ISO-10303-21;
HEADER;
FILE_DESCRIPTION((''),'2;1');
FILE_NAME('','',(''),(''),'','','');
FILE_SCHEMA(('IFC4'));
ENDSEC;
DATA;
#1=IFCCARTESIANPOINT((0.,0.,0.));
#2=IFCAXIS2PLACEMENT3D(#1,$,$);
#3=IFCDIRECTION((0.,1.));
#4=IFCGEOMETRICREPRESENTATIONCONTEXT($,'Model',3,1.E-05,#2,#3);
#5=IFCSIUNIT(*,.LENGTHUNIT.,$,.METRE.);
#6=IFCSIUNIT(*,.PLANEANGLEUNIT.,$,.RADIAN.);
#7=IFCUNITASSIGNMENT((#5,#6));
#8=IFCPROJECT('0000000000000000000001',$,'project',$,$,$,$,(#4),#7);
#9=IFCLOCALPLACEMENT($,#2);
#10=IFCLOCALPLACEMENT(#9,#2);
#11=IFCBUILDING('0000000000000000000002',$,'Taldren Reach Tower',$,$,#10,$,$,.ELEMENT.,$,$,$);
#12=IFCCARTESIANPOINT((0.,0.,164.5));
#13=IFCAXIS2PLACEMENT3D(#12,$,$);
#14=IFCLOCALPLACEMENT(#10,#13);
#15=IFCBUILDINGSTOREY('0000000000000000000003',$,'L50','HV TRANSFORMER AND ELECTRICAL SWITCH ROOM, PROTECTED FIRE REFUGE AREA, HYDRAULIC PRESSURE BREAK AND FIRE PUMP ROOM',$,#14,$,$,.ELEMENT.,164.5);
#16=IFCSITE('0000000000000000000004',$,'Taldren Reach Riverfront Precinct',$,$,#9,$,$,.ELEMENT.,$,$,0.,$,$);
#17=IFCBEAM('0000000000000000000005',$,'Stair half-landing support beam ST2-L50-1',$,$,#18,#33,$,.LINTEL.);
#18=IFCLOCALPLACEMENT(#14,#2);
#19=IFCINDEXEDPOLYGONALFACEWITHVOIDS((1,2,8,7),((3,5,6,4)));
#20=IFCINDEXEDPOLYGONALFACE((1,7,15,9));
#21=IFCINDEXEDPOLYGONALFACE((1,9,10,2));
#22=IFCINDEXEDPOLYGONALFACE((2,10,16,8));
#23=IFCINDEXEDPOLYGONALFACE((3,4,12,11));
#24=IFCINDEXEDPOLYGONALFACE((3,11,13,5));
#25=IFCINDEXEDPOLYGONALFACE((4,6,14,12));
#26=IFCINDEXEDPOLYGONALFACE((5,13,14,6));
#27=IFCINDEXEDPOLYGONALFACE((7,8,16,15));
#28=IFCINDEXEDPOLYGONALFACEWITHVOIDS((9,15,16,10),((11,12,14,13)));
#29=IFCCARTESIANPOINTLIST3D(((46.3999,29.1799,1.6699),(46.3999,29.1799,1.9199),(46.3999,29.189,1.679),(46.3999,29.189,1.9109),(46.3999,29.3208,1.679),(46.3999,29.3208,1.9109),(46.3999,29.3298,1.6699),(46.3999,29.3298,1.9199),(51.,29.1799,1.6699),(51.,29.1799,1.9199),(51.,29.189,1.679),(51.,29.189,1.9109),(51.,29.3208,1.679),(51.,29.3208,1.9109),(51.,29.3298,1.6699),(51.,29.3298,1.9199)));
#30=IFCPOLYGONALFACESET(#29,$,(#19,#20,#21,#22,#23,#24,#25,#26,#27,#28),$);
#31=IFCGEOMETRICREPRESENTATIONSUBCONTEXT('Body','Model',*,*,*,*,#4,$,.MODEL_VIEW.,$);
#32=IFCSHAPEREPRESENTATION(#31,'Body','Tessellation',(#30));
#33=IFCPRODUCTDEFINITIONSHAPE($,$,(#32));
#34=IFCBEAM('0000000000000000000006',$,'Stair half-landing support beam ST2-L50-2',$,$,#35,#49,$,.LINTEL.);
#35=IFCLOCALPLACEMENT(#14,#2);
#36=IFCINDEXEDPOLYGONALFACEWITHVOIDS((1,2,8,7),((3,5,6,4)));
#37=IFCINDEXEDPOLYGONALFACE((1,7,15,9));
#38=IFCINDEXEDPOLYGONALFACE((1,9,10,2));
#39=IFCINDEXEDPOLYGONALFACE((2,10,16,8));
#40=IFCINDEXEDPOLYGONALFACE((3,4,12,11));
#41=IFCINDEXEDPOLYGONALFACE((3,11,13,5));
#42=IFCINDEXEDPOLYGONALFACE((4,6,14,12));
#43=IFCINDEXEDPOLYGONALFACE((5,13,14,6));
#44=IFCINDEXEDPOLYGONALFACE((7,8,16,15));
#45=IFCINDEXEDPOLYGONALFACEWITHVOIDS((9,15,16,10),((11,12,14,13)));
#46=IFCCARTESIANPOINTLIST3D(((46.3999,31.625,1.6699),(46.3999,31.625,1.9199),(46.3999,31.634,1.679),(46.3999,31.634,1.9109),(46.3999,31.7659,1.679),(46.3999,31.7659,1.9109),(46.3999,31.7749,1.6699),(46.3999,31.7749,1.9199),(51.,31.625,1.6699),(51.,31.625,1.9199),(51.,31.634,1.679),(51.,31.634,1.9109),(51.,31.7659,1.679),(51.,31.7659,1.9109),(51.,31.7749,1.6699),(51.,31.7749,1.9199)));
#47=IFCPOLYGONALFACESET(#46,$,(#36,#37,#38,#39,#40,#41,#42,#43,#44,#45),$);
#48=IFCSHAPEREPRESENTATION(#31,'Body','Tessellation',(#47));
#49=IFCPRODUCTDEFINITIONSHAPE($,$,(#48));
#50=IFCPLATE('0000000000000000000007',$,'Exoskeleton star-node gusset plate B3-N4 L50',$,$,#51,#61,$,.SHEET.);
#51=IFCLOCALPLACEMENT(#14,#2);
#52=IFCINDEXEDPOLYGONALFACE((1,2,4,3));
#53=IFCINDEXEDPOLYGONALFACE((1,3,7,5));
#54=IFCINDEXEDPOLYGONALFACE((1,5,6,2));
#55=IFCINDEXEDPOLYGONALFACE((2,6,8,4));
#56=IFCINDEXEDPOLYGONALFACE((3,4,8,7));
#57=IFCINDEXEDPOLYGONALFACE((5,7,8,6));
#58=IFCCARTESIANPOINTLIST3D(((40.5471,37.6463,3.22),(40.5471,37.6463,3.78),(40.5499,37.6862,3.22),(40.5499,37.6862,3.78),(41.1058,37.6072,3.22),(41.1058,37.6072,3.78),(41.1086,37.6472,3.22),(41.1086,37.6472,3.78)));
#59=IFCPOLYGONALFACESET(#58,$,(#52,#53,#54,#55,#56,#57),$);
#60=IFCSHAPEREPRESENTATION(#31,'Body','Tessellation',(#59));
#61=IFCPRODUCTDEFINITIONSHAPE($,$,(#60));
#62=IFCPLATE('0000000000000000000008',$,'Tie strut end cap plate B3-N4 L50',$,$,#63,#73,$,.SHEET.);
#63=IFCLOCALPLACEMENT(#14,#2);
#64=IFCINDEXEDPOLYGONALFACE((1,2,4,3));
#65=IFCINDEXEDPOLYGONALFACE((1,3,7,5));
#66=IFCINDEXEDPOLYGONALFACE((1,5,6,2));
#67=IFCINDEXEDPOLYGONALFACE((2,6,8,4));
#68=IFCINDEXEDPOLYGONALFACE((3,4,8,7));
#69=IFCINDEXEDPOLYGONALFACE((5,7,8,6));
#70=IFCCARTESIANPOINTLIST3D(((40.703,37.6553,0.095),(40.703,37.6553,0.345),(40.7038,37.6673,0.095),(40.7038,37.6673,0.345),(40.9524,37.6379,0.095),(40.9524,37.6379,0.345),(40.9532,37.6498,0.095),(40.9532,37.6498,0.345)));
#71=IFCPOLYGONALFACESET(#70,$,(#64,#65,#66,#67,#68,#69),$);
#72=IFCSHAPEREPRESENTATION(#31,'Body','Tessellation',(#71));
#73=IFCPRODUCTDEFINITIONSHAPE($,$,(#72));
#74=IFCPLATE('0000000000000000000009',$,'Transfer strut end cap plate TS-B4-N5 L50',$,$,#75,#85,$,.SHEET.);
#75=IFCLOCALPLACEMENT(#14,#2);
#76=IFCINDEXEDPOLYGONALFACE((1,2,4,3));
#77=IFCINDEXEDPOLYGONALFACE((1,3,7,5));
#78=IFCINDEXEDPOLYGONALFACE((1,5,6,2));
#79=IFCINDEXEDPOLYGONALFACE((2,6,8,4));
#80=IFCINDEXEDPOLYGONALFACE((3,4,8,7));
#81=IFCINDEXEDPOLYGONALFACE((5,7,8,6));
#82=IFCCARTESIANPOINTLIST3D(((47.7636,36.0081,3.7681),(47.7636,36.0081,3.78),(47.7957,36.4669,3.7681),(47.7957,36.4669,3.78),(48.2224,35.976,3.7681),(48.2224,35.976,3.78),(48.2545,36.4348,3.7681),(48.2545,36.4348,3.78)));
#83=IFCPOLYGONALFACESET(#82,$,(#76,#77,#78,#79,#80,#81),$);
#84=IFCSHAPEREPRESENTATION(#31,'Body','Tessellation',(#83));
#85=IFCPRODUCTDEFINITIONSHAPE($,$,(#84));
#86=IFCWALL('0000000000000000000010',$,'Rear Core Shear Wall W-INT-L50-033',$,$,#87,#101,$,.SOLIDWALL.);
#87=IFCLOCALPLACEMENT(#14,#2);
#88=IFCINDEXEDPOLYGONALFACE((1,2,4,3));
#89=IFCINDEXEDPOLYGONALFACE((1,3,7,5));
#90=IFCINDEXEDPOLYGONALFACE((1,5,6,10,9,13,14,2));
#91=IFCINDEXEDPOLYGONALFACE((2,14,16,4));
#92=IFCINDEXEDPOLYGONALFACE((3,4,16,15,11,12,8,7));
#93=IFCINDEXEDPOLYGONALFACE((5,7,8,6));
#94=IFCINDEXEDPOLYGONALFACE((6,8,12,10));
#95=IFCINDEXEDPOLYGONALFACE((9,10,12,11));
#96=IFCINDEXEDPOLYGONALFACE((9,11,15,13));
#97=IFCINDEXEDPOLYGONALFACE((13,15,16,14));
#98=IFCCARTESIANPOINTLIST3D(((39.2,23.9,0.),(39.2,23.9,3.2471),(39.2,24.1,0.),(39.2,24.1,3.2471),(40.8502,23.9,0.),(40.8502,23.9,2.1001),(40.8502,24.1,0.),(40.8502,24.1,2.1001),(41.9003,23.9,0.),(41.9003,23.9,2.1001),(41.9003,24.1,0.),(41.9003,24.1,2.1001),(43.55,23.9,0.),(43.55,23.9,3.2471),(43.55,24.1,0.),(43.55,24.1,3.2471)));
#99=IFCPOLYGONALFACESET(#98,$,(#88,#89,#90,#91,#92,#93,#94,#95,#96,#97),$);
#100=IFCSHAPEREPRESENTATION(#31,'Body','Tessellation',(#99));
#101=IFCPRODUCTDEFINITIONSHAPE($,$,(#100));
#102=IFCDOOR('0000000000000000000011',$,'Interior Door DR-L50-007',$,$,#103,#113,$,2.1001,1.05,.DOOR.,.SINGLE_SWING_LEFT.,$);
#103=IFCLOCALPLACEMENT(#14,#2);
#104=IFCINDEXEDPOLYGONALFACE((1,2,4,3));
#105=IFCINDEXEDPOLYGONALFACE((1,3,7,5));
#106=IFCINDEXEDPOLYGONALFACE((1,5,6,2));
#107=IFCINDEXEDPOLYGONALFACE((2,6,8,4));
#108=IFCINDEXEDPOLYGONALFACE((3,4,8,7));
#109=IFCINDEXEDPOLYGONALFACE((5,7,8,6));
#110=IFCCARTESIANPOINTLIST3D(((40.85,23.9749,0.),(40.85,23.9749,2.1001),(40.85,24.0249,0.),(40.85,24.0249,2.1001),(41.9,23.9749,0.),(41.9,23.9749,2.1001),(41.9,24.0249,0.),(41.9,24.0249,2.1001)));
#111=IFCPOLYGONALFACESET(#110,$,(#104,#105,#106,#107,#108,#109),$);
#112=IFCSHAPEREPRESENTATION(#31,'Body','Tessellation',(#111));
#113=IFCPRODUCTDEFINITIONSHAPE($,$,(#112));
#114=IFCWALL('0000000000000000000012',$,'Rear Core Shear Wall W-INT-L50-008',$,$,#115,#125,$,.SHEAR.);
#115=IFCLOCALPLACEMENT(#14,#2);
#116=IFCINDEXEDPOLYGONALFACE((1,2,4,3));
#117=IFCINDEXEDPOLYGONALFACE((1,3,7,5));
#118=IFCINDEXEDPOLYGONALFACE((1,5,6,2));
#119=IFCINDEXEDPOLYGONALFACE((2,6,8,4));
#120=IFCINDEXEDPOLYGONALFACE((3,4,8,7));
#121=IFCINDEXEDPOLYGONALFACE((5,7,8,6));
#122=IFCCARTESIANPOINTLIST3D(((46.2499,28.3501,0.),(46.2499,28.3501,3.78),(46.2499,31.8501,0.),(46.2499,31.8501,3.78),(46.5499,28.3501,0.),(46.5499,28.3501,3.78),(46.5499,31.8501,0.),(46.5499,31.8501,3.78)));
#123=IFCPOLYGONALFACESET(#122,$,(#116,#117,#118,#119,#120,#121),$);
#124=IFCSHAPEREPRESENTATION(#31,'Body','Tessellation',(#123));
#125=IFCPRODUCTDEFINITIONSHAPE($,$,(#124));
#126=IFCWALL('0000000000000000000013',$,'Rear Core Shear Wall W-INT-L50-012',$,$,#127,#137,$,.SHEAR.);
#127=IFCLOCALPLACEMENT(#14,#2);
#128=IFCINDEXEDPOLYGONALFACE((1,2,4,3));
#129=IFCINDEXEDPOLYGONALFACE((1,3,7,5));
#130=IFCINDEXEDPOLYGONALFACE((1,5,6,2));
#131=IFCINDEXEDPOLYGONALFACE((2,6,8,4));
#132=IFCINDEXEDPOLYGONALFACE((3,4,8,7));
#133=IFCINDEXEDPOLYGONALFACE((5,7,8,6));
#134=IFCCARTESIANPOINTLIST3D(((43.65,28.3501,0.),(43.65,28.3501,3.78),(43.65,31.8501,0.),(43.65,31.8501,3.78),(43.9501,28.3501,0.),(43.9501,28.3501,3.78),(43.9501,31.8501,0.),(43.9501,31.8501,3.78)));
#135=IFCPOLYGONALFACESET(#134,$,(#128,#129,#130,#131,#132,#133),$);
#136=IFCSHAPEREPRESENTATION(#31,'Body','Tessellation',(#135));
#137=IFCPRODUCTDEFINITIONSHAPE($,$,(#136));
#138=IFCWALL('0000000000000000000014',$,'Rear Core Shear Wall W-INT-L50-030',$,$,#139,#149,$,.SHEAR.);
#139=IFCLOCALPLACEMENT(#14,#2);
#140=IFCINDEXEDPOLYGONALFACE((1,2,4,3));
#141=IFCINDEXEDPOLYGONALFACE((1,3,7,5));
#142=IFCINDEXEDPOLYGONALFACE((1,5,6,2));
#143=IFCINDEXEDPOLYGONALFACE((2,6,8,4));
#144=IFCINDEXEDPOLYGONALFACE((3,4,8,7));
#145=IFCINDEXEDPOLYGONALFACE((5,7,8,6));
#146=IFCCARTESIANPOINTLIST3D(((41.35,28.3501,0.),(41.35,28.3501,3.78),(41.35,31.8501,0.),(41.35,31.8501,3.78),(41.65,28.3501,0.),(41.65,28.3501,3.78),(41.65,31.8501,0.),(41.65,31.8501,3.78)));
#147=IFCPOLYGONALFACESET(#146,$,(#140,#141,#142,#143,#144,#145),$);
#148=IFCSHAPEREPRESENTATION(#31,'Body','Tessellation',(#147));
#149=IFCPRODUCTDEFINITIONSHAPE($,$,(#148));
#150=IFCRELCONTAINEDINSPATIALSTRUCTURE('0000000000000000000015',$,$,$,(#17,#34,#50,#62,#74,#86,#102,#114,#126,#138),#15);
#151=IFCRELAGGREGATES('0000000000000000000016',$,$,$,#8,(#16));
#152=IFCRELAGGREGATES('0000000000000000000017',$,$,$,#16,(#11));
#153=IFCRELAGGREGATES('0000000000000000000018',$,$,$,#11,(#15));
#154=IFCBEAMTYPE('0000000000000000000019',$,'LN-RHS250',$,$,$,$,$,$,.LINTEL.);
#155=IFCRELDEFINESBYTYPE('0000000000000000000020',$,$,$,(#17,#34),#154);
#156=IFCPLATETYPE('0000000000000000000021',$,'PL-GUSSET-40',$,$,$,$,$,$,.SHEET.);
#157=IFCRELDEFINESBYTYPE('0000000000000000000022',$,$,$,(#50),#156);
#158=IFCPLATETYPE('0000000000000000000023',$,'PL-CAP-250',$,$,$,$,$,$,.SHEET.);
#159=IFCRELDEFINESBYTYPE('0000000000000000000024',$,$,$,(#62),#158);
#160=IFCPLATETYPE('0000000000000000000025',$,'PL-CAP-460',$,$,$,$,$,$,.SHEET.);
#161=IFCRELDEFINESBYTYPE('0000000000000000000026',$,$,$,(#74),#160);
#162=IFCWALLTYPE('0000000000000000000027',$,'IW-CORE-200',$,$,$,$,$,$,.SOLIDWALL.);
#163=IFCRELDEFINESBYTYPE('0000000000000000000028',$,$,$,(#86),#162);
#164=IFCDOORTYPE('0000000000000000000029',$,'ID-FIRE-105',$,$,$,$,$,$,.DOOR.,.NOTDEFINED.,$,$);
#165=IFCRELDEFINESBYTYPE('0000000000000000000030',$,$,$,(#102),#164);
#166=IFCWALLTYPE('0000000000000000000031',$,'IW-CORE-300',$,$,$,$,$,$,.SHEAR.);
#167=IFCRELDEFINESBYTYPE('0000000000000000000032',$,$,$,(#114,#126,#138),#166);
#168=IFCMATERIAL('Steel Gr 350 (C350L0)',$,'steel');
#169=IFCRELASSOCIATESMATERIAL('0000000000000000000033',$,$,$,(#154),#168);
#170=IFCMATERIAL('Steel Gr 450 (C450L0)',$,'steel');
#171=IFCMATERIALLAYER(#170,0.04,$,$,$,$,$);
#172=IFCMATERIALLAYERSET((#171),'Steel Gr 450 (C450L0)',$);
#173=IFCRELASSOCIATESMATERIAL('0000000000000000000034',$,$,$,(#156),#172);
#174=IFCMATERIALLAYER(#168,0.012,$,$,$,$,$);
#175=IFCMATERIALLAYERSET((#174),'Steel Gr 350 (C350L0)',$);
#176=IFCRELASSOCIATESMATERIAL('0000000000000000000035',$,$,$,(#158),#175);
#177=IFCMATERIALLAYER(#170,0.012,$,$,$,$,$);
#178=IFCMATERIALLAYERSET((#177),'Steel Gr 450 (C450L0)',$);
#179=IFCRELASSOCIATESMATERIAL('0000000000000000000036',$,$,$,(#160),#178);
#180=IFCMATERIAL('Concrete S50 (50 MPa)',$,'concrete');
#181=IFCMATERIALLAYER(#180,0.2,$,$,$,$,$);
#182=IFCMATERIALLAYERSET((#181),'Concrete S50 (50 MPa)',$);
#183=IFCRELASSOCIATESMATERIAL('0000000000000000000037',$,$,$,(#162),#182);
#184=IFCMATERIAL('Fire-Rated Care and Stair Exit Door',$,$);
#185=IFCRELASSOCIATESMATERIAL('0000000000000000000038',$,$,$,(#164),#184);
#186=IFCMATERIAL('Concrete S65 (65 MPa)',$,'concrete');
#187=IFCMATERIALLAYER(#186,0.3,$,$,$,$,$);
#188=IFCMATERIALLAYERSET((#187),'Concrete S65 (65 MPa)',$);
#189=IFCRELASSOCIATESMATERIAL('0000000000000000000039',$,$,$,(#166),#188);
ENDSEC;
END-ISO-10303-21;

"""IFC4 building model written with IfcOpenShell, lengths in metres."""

from ifc_helpers import new_model, si_unit, direction, frame, frame_2d, origin, origin_2d, place, context, subcontext, project, spatial, rectangle, hollow_rectangle, extrude, source, transform, mapped, material, layer, layer_set, material_profile, profile_set, type_object, element, fill, save


model = new_model("IFC4")

# Units and contexts
model_context = context("Model", 3, precision=1e-05, world=origin(), true_north=direction((0.0, 1.0)))
body_context = subcontext(model_context, "Body", "Model", "MODEL_VIEW")
ifc_project = project(units=[si_unit("LENGTHUNIT", "METRE"), si_unit("PLANEANGLEUNIT", "RADIAN")], contexts=[model_context])

# Site, building, storey
site_placement = place(None, origin())
site = spatial("IfcSite", under=ifc_project, at=site_placement, Name="Taldren Reach Riverfront Precinct", CompositionType="ELEMENT", RefElevation=0.0)
building_placement = place(site_placement, origin())
building = spatial("IfcBuilding", under=site, at=building_placement, Name="Taldren Reach Tower", CompositionType="ELEMENT")
storey_placement = place(building_placement, frame((0.0, 0.0, 164.5)))
storey = spatial("IfcBuildingStorey", under=building, at=storey_placement, Name="L50", Description="HV TRANSFORMER AND ELECTRICAL SWITCH ROOM, PROTECTED FIRE REFUGE AREA, HYDRAULIC PRESSURE BREAK AND FIRE PUMP ROOM", CompositionType="ELEMENT", Elevation=164.5)

# Shared definitions
ifc_material_1 = material(Name="Steel Gr 450 (C450L0)", Category="steel")
ifc_material_2 = material(Name="Steel Gr 350 (C350L0)", Category="steel")

# Beams
ifc_material_profile_1 = material_profile(ifc_material_2, hollow_rectangle(XDim=0.1499, YDim=0.25, WallThickness=0.009, at=origin_2d()), Name="250x150x9.0RHS")
ifc_profile_set_1 = profile_set([ifc_material_profile_1], Name="Steel Gr 350 (C350L0)")
beam_type_1 = type_object("IfcBeamType", Name="LN-RHS250", PredefinedType="LINTEL", material=ifc_profile_set_1)
shared_shape_1 = source(origin(), body_context, "Body", "SweptSolid", [
    extrude(hollow_rectangle(XDim=0.1499, YDim=0.25, WallThickness=0.009, at=origin_2d()), origin(), (0.0, 0.0, 1.0), 4.6001),
])
for number, where, z_axis, x_axis, name in (
    (1, (46.3999, 29.2549, 1.7949), (1.0, 0.0, 0.0), (0.0, 1.0, 0.0), "Stair half-landing support beam ST2-L50-1"),
    (2, (46.3999, 31.7, 1.7949), (1.0, 0.0, 0.0), (0.0, 1.0, 0.0), "Stair half-landing support beam ST2-L50-2"),
):
    element("IfcBeam", number, at=place(storey_placement, frame(where, z_axis=z_axis, x_axis=x_axis)), inside=storey, type_object=beam_type_1, Name=name, PredefinedType="LINTEL", context=body_context, shape_type="MappedRepresentation", body=[
        mapped(shared_shape_1, transform((0.0, 0.0, 0.0), scale=1.0)),
    ])

# Plates
ifc_layer_1 = layer(ifc_material_1, 0.04)
ifc_layer_set_1 = layer_set([ifc_layer_1], Name="Steel Gr 450 (C450L0)")
plate_type_1 = type_object("IfcPlateType", Name="PL-GUSSET-40", PredefinedType="SHEET", material=ifc_layer_set_1)
shared_shape_2 = source(origin(), body_context, "Body", "SweptSolid", [
    extrude(rectangle(XDim=0.5601, YDim=0.04, at=origin_2d()), origin(), (0.0, 0.0, 1.0), 0.5601),
])
plate_1_placement = place(storey_placement, frame((40.8279, 37.6467, 3.22), z_axis=(0.0, 0.0, 1.0), x_axis=(0.997564, -0.069756, 0.0)))
element("IfcPlate", 3, at=plate_1_placement, inside=storey, type_object=plate_type_1, Name="Exoskeleton star-node gusset plate B3-N4 L50", PredefinedType="SHEET", context=body_context, shape_type="MappedRepresentation", body=[
    mapped(shared_shape_2, transform((0.0, 0.0, 0.0), scale=1.0)),
])
ifc_layer_2 = layer(ifc_material_2, 0.012)
ifc_layer_set_2 = layer_set([ifc_layer_2], Name="Steel Gr 350 (C350L0)")
plate_type_2 = type_object("IfcPlateType", Name="PL-CAP-250", PredefinedType="SHEET", material=ifc_layer_set_2)
shared_shape_3 = source(origin(), body_context, "Body", "SweptSolid", [
    extrude(rectangle(XDim=0.25, YDim=0.012, at=origin_2d()), origin(), (0.0, 0.0, 1.0), 0.25),
])
plate_2_placement = place(storey_placement, frame((40.8281, 37.6526, 0.095), z_axis=(0.0, 0.0, 1.0), x_axis=(0.997564, -0.069756, 0.0)))
element("IfcPlate", 4, at=plate_2_placement, inside=storey, type_object=plate_type_2, Name="Tie strut end cap plate B3-N4 L50", PredefinedType="SHEET", context=body_context, shape_type="MappedRepresentation", body=[
    mapped(shared_shape_3, transform((0.0, 0.0, 0.0), scale=1.0)),
])
ifc_layer_3 = layer(ifc_material_1, 0.012)
ifc_layer_set_3 = layer_set([ifc_layer_3], Name="Steel Gr 450 (C450L0)")
plate_type_3 = type_object("IfcPlateType", Name="PL-CAP-460", PredefinedType="SHEET", material=ifc_layer_set_3)
shared_shape_4 = source(origin(), body_context, "Body", "SweptSolid", [
    extrude(rectangle(XDim=0.46, YDim=0.46, at=origin_2d()), origin(), (0.0, 0.0, 1.0), 0.012),
])
plate_3_placement = place(storey_placement, frame((48.009, 36.2214, 3.7681), z_axis=(0.0, 0.0, 1.0), x_axis=(0.997564, -0.069756, 0.0)))
element("IfcPlate", 5, at=plate_3_placement, inside=storey, type_object=plate_type_3, Name="Transfer strut end cap plate TS-B4-N5 L50", PredefinedType="SHEET", context=body_context, shape_type="MappedRepresentation", body=[
    mapped(shared_shape_4, transform((0.0, 0.0, 0.0), scale=1.0)),
])

# Wall, opening, door
ifc_material_3 = material(Name="Concrete S50 (50 MPa)", Category="concrete")
ifc_layer_4 = layer(ifc_material_3, 0.2)
ifc_layer_set_4 = layer_set([ifc_layer_4], Name="Concrete S50 (50 MPa)")
wall_type_1 = type_object("IfcWallType", Name="IW-CORE-200", PredefinedType="SOLIDWALL", material=ifc_layer_set_4)
shared_shape_5 = source(origin(), body_context, "Body", "SweptSolid", [
    extrude(rectangle(XDim=4.3501, YDim=0.2, at=frame_2d((2.175, 0.0))), origin(), (0.0, 0.0, 1.0), 3.2471),
])
wall_1_placement = place(storey_placement, frame((43.55, 24.0, 0.0), z_axis=(0.0, 0.0, 1.0), x_axis=(-1.0, 0.0, 0.0)))
wall_1 = element("IfcWall", 6, at=wall_1_placement, inside=storey, type_object=wall_type_1, Name="Rear Core Shear Wall W-INT-L50-033", PredefinedType="SOLIDWALL", context=body_context, shape_type="MappedRepresentation", body=[
    mapped(shared_shape_5, transform((0.0, 0.0, 0.0), scale=1.0)),
])
shared_shape_6 = source(origin(), body_context, "Body", "SweptSolid", [
    extrude(rectangle(XDim=1.05, YDim=2.1001, at=frame_2d((0.5249, 1.05))), frame((0.0, 0.1099, 0.0), z_axis=(0.0, -1.0, 0.0), x_axis=(1.0, 0.0, 0.0)), (0.0, 0.0, 1.0), 0.22),
])
opening_1_placement = place(wall_1_placement, frame((1.6499, 0.0, 0.0)))
opening_1 = element("IfcOpeningElement", 7, at=opening_1_placement, cuts=wall_1, PredefinedType="OPENING", context=body_context, shape_type="MappedRepresentation", body=[
    mapped(shared_shape_6, transform((0.0, 0.0, 0.0), scale=1.0)),
])
ifc_material_4 = material(Name="Fire-Rated Care and Stair Exit Door")
door_type_1 = type_object("IfcDoorType", Name="ID-FIRE-105", OperationType="NOTDEFINED", PredefinedType="DOOR", material=ifc_material_4)
shared_shape_7 = source(origin(), body_context, "Body", "SweptSolid", [
    extrude(rectangle(XDim=1.05, YDim=2.1001, at=frame_2d((0.5249, 1.05))), frame((0.0, 0.0249, 0.0), z_axis=(0.0, -1.0, 0.0), x_axis=(1.0, 0.0, 0.0)), (0.0, 0.0, 1.0), 0.05),
])
door_1_placement = place(opening_1_placement, frame((1.05, 0.0, 0.0), z_axis=(0.0, 0.0, 1.0), x_axis=(-1.0, 0.0, 0.0)))
door_1 = element("IfcDoor", 8, at=door_1_placement, inside=storey, type_object=door_type_1, Name="Interior Door DR-L50-007", OperationType="SINGLE_SWING_LEFT", OverallHeight=2.1001, OverallWidth=1.05, PredefinedType="DOOR", context=body_context, shape_type="MappedRepresentation", body=[
    mapped(shared_shape_7, transform((0.0, 0.0, 0.0), scale=1.0)),
])
fill(opening_1, door_1)

# Walls
ifc_material_5 = material(Name="Concrete S65 (65 MPa)", Category="concrete")
ifc_layer_5 = layer(ifc_material_5, 0.3)
ifc_layer_set_5 = layer_set([ifc_layer_5], Name="Concrete S65 (65 MPa)")
wall_type_2 = type_object("IfcWallType", Name="IW-CORE-300", PredefinedType="SHEAR", material=ifc_layer_set_5)
shared_shape_8 = source(origin(), body_context, "Body", "SweptSolid", [
    extrude(rectangle(XDim=3.5, YDim=0.3, at=frame_2d((1.75, 0.0))), origin(), (0.0, 0.0, 1.0), 3.78),
])
for number, where, z_axis, x_axis, name in (
    (9, (46.3999, 31.8501, 0.0), (0.0, 0.0, 1.0), (0.0, -1.0, 0.0), "Rear Core Shear Wall W-INT-L50-008"),
    (10, (43.8, 31.8501, 0.0), (0.0, 0.0, 1.0), (0.0, -1.0, 0.0), "Rear Core Shear Wall W-INT-L50-012"),
    (11, (41.5, 28.3501, 0.0), (0.0, 0.0, 1.0), (0.0, 1.0, 0.0), "Rear Core Shear Wall W-INT-L50-030"),
):
    element("IfcWall", number, at=place(storey_placement, frame(where, z_axis=z_axis, x_axis=x_axis)), inside=storey, type_object=wall_type_2, Name=name, PredefinedType="SHEAR", context=body_context, shape_type="MappedRepresentation", body=[
        mapped(shared_shape_8, transform((0.0, 0.0, 0.0), scale=1.0)),
    ])

save(model, "model.ifc")
